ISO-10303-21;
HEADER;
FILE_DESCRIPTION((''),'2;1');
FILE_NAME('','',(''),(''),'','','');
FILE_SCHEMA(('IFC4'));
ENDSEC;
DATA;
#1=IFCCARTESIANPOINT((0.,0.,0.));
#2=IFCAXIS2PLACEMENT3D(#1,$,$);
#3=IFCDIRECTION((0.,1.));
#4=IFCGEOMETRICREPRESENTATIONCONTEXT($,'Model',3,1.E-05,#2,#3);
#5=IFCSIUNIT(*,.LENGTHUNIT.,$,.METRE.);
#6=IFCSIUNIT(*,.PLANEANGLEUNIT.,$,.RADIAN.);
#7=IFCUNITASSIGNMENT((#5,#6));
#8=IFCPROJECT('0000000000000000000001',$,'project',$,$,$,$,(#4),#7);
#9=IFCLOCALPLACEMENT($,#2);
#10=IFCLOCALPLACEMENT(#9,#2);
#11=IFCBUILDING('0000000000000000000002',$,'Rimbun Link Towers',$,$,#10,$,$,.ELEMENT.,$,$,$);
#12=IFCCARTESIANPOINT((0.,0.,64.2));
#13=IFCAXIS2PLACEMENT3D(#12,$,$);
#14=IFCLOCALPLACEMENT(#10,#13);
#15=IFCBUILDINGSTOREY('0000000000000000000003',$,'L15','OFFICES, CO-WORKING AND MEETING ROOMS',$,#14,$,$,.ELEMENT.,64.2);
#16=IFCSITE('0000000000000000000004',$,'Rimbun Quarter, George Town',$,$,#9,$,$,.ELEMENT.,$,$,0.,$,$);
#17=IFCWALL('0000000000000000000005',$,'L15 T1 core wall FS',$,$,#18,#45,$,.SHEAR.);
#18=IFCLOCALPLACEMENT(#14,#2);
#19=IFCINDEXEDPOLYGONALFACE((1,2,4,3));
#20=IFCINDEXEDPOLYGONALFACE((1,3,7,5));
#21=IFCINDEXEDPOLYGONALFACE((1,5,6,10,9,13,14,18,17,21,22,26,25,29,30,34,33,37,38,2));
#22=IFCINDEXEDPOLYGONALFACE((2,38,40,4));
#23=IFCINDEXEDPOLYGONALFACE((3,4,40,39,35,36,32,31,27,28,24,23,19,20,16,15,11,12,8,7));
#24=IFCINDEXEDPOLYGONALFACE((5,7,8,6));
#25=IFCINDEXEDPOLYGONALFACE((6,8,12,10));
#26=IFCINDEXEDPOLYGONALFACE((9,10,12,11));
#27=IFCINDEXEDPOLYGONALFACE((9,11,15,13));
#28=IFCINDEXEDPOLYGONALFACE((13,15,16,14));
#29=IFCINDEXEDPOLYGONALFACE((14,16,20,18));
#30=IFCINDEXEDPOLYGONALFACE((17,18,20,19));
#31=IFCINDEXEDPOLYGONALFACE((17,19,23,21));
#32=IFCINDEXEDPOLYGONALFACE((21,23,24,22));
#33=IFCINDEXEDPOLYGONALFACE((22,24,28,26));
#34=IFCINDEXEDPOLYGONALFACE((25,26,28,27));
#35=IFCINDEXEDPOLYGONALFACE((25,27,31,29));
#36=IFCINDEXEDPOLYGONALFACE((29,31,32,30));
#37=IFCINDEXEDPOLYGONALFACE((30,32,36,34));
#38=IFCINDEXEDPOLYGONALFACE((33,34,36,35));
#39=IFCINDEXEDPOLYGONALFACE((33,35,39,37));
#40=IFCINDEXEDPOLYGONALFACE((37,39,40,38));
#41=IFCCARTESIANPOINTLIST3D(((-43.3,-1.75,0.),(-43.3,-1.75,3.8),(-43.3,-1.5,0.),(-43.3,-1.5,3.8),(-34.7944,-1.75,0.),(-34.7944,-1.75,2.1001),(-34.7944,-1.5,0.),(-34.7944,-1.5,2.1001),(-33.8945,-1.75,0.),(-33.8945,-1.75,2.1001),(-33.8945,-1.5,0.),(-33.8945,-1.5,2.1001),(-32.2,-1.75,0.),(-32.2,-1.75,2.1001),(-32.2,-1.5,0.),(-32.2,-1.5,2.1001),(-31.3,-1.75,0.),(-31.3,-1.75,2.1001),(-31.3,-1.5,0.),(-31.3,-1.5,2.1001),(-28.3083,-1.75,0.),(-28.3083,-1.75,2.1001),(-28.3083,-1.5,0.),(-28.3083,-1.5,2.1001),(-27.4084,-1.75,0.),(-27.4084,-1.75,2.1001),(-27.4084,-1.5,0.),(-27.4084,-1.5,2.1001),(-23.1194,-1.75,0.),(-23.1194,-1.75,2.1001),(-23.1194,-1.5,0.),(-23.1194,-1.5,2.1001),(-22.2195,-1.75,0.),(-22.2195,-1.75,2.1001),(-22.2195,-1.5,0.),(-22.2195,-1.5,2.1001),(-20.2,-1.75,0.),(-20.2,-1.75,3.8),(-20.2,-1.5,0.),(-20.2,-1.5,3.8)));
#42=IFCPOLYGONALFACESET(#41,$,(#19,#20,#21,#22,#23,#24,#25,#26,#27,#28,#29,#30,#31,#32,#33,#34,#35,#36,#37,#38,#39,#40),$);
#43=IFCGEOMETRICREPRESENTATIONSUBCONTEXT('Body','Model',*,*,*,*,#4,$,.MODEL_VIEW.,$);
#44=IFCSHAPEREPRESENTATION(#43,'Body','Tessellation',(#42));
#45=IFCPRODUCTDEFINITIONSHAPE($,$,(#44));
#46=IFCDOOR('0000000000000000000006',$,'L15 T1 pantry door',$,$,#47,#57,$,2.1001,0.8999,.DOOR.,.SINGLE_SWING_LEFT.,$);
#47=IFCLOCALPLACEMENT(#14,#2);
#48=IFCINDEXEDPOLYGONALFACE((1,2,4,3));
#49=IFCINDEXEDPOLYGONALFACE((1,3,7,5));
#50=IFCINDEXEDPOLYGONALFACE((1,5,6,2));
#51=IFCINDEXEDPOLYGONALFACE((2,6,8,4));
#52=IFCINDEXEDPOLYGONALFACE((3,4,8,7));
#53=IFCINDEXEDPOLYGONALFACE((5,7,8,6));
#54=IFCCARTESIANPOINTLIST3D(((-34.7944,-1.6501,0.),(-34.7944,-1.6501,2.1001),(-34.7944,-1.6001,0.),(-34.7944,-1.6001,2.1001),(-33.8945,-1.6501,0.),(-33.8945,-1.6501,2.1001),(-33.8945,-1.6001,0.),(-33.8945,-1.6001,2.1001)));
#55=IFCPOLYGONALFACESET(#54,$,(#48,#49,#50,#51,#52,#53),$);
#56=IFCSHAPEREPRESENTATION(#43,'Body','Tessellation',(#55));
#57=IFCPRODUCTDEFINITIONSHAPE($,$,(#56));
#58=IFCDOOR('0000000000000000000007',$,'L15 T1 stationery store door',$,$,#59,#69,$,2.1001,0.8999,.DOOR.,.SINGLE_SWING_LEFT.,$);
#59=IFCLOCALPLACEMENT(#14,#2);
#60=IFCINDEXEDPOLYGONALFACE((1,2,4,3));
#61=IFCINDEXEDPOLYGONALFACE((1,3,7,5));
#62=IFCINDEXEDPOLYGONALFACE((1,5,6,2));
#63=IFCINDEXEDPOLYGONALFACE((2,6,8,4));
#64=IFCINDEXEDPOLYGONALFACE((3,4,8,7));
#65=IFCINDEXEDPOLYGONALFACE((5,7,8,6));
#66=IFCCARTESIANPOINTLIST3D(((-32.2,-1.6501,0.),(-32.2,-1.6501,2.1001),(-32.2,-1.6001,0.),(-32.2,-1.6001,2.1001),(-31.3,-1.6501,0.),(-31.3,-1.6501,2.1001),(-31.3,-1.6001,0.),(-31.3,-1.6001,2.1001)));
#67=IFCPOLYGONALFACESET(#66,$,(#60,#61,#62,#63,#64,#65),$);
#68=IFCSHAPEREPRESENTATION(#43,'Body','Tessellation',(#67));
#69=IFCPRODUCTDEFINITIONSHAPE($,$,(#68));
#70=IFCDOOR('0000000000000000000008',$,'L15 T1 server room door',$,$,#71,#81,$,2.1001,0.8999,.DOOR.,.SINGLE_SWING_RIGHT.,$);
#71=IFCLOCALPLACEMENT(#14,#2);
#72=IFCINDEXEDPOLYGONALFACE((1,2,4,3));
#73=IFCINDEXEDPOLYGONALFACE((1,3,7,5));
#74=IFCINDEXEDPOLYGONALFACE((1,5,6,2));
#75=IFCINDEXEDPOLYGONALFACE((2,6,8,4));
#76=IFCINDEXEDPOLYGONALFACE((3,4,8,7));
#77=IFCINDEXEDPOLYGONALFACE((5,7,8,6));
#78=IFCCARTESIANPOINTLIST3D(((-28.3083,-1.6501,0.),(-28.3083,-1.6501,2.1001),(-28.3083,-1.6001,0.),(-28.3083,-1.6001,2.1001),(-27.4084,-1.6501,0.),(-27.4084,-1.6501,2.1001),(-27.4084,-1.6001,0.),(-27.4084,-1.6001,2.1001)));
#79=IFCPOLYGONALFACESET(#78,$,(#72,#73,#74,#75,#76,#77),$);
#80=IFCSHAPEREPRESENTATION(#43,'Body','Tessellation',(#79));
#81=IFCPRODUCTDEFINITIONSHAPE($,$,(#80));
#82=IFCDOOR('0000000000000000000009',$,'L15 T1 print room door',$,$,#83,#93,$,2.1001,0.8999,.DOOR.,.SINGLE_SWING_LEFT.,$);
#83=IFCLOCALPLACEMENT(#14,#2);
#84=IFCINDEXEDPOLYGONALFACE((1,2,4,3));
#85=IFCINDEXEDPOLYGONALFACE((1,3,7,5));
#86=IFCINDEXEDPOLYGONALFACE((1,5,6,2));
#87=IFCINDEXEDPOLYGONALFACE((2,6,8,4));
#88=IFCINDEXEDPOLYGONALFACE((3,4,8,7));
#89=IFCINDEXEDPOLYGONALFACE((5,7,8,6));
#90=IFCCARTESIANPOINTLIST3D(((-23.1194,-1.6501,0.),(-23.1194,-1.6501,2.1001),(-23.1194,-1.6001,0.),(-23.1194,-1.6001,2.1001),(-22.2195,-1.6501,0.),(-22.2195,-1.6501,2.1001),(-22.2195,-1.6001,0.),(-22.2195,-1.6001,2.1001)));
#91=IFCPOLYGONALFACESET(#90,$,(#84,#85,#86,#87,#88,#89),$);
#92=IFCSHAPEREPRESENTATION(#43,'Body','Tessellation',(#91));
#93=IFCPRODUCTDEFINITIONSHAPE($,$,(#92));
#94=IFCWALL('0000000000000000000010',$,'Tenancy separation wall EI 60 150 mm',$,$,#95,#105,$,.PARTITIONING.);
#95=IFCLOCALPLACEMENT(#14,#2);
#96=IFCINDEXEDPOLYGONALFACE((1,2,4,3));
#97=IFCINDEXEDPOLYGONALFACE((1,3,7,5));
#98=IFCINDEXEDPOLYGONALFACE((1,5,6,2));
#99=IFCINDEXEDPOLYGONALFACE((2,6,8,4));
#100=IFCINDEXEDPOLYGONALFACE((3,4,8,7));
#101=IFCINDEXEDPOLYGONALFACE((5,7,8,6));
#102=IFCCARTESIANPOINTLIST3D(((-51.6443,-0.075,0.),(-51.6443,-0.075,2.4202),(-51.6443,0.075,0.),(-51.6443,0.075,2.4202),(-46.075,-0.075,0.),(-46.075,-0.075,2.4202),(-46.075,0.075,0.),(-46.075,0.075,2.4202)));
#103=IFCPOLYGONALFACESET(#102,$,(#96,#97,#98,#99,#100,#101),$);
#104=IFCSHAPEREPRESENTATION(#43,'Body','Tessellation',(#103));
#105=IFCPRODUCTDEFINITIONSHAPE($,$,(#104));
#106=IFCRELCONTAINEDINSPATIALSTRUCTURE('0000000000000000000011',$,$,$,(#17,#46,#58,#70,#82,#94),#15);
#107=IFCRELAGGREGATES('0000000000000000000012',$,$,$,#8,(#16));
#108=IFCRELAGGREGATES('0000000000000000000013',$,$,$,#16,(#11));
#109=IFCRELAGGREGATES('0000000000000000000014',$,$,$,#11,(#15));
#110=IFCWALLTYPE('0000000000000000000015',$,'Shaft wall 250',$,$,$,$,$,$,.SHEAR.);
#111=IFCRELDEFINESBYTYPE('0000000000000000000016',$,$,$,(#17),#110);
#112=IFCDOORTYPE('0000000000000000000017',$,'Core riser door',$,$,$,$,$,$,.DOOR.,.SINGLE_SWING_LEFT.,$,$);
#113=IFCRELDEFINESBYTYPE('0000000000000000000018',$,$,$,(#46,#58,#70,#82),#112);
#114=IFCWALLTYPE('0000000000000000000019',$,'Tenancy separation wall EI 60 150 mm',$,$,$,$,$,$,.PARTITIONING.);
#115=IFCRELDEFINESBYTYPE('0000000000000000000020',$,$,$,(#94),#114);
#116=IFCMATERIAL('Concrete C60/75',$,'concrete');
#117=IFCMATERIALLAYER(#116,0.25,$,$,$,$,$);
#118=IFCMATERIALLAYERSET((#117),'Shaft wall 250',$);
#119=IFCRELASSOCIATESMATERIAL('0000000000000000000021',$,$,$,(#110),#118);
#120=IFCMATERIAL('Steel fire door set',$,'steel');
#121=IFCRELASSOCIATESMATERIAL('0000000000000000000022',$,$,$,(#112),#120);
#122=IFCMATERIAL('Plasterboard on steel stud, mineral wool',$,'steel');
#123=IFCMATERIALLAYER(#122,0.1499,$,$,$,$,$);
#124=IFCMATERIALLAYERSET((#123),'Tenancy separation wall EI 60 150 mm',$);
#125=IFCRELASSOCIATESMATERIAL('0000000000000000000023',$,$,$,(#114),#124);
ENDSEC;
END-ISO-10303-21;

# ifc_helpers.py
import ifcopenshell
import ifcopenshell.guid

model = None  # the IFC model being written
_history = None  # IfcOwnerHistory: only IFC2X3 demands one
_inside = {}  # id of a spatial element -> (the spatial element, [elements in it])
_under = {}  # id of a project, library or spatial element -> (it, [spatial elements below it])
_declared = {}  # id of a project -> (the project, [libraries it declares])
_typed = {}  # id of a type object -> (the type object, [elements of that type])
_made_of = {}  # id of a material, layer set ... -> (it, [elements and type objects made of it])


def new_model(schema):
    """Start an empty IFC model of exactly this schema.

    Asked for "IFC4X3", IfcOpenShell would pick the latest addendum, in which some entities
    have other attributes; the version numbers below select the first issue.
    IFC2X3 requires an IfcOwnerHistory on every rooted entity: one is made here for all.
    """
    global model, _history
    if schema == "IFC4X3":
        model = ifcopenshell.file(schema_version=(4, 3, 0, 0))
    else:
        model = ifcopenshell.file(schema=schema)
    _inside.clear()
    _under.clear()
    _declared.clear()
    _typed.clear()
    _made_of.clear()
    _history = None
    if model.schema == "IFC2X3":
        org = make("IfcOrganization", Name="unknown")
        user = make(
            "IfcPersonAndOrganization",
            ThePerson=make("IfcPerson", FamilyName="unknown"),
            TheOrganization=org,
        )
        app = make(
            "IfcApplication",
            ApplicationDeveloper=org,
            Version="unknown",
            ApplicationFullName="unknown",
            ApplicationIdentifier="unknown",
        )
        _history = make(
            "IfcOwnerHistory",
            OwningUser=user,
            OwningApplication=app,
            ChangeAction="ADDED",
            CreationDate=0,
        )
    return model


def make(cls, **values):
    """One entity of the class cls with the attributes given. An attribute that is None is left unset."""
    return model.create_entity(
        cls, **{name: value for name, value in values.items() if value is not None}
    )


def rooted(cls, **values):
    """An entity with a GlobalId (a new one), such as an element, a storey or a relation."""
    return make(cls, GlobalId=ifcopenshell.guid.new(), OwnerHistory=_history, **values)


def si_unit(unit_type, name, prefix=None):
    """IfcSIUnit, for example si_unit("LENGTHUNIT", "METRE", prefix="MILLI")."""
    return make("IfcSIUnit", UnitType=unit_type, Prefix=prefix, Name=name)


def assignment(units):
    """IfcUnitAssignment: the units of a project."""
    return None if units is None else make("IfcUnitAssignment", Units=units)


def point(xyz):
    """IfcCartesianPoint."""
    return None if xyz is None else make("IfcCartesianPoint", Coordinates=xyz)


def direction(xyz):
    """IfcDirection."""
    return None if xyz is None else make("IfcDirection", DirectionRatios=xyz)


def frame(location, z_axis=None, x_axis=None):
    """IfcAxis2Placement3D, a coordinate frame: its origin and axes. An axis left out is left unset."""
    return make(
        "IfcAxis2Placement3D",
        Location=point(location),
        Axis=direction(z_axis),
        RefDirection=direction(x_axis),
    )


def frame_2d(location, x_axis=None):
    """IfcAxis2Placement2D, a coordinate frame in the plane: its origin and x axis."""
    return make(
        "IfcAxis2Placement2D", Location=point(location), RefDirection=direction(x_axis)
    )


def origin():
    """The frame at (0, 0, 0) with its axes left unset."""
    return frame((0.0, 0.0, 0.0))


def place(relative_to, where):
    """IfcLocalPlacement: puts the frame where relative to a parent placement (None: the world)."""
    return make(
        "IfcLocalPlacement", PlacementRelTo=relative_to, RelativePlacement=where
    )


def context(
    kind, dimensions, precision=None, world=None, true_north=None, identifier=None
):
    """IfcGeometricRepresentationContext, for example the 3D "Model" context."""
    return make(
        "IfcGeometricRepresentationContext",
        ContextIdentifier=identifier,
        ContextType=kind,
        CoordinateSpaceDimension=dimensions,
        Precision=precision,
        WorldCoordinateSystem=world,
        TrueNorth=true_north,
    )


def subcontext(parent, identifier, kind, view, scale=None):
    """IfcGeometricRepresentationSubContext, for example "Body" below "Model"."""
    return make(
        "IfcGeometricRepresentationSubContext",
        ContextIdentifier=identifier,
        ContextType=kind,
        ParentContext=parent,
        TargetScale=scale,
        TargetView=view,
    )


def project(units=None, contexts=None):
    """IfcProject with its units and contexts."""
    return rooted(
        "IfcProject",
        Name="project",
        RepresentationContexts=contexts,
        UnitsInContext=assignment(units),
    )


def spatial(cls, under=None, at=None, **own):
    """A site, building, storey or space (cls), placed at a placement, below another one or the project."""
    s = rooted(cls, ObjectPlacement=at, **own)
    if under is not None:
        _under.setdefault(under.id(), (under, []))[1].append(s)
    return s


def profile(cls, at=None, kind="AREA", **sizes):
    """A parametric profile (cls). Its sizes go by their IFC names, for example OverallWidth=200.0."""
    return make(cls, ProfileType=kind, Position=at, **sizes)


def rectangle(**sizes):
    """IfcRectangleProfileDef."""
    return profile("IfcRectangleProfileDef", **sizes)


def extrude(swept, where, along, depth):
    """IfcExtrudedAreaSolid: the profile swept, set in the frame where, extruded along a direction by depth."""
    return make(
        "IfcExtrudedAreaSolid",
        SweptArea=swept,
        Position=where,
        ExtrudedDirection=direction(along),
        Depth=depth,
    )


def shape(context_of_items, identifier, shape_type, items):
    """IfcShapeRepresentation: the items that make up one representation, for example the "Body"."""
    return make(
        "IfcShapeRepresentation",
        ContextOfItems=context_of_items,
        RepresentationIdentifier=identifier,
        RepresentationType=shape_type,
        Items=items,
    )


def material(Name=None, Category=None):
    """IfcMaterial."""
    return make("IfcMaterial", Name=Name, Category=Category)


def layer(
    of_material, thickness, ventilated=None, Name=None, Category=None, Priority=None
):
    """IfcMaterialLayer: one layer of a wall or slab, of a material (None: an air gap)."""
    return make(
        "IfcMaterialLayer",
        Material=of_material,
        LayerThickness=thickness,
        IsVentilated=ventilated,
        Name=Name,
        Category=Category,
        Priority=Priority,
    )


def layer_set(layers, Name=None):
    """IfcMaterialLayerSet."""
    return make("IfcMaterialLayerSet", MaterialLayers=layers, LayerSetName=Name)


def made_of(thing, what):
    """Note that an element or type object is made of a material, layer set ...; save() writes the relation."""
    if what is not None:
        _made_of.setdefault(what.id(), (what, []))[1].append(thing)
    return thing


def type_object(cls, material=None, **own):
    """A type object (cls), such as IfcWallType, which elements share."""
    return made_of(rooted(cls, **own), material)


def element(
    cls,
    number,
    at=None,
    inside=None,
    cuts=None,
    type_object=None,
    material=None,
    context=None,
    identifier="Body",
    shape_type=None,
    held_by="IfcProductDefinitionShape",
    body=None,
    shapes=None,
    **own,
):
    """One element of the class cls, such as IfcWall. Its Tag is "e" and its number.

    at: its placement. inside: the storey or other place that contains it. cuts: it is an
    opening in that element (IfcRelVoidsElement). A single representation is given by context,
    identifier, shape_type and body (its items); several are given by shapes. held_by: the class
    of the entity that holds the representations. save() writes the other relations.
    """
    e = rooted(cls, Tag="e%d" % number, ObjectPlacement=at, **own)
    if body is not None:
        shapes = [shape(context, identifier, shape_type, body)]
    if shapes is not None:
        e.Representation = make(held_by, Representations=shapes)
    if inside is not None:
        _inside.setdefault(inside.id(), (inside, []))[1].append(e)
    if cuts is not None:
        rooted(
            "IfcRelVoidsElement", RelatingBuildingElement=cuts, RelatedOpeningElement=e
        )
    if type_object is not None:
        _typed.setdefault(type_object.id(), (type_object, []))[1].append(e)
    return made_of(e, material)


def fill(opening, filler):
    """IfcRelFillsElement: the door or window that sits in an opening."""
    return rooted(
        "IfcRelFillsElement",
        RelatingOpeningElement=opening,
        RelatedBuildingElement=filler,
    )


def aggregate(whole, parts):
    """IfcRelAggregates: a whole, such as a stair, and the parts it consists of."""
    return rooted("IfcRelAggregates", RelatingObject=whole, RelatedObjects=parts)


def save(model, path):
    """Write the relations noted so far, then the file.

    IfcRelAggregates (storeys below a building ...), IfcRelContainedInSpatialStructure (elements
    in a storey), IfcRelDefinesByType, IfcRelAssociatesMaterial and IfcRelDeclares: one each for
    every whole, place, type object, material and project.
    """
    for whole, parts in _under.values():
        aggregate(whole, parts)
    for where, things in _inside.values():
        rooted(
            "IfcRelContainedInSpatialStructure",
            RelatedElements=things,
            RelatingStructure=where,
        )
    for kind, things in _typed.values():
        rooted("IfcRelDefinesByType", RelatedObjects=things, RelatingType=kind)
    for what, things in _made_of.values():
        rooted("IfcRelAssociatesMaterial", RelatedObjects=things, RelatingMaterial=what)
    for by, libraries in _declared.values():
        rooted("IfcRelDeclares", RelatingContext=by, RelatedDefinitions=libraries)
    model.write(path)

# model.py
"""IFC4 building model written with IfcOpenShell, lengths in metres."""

from ifc_helpers import new_model, si_unit, direction, frame, frame_2d, origin, place, context, subcontext, project, spatial, rectangle, extrude, material, layer, layer_set, type_object, element, fill, save


model = new_model("IFC4")

# Units and contexts
model_context = context("Model", 3, precision=1e-05, world=origin(), true_north=direction((0.0, 1.0)))
body_context = subcontext(model_context, "Body", "Model", "MODEL_VIEW")
ifc_project = project(units=[si_unit("LENGTHUNIT", "METRE"), si_unit("PLANEANGLEUNIT", "RADIAN")], contexts=[model_context])

# Site, building, storey
site_placement = place(None, origin())
site = spatial("IfcSite", under=ifc_project, at=site_placement, Name="Rimbun Quarter, George Town", CompositionType="ELEMENT", RefElevation=0.0)
building_placement = place(site_placement, origin())
building = spatial("IfcBuilding", under=site, at=building_placement, Name="Rimbun Link Towers", CompositionType="ELEMENT")
storey_placement = place(building_placement, frame((0.0, 0.0, 64.2)))
storey = spatial("IfcBuildingStorey", under=building, at=storey_placement, Name="L15", Description="OFFICES, CO-WORKING AND MEETING ROOMS", CompositionType="ELEMENT", Elevation=64.2)

# Shared definitions
ifc_material_1 = material(Name="Concrete C60/75", Category="concrete")
ifc_layer_1 = layer(ifc_material_1, 0.25)
ifc_layer_set_1 = layer_set([ifc_layer_1], Name="Shaft wall 250")
wall_type_1 = type_object("IfcWallType", Name="Shaft wall 250", PredefinedType="SHEAR", material=ifc_layer_set_1)

# Wall, openings, doors
wall_1_placement = place(storey_placement, frame((-43.3, -1.625, 0.0), z_axis=(0.0, 0.0, 1.0), x_axis=(1.0, 0.0, 0.0)))
wall_1 = element("IfcWall", 1, at=wall_1_placement, inside=storey, type_object=wall_type_1, Name="L15 T1 core wall FS", PredefinedType="SHEAR", context=body_context, shape_type="SweptSolid", body=[
    extrude(rectangle(XDim=23.1001, YDim=0.25, at=frame_2d((11.55, 0.0))), origin(), (0.0, 0.0, 1.0), 3.8),
])
opening_1_placement = place(wall_1_placement, frame((8.5056, 0.0, 0.0)))
opening_1 = element("IfcOpeningElement", 2, at=opening_1_placement, cuts=wall_1, PredefinedType="OPENING", context=body_context, shape_type="SweptSolid", body=[
    extrude(rectangle(XDim=0.8999, YDim=2.1001, at=frame_2d((0.45, 1.05))), frame((0.0, 0.135, 0.0), z_axis=(0.0, -1.0, 0.0), x_axis=(1.0, 0.0, 0.0)), (0.0, 0.0, 1.0), 0.27),
])
opening_2_placement = place(wall_1_placement, frame((11.1001, 0.0, 0.0)))
opening_2 = element("IfcOpeningElement", 3, at=opening_2_placement, cuts=wall_1, PredefinedType="OPENING", context=body_context, shape_type="SweptSolid", body=[
    extrude(rectangle(XDim=0.8999, YDim=2.1001, at=frame_2d((0.45, 1.05))), frame((0.0, 0.135, 0.0), z_axis=(0.0, -1.0, 0.0), x_axis=(1.0, 0.0, 0.0)), (0.0, 0.0, 1.0), 0.27),
])
opening_3_placement = place(wall_1_placement, frame((14.9917, 0.0, 0.0)))
opening_3 = element("IfcOpeningElement", 4, at=opening_3_placement, cuts=wall_1, PredefinedType="OPENING", context=body_context, shape_type="SweptSolid", body=[
    extrude(rectangle(XDim=0.8999, YDim=2.1001, at=frame_2d((0.45, 1.05))), frame((0.0, 0.135, 0.0), z_axis=(0.0, -1.0, 0.0), x_axis=(1.0, 0.0, 0.0)), (0.0, 0.0, 1.0), 0.27),
])
opening_4_placement = place(wall_1_placement, frame((20.1807, 0.0, 0.0)))
opening_4 = element("IfcOpeningElement", 5, at=opening_4_placement, cuts=wall_1, PredefinedType="OPENING", context=body_context, shape_type="SweptSolid", body=[
    extrude(rectangle(XDim=0.8999, YDim=2.1001, at=frame_2d((0.45, 1.05))), frame((0.0, 0.135, 0.0), z_axis=(0.0, -1.0, 0.0), x_axis=(1.0, 0.0, 0.0)), (0.0, 0.0, 1.0), 0.27),
])
ifc_material_2 = material(Name="Steel fire door set", Category="steel")
door_type_1 = type_object("IfcDoorType", Name="Core riser door", OperationType="SINGLE_SWING_LEFT", PredefinedType="DOOR", material=ifc_material_2)
door_1_placement = place(opening_1_placement, origin())
door_1 = element("IfcDoor", 6, at=door_1_placement, inside=storey, type_object=door_type_1, Name="L15 T1 pantry door", OperationType="SINGLE_SWING_LEFT", OverallHeight=2.1001, OverallWidth=0.8999, PredefinedType="DOOR", context=body_context, shape_type="SweptSolid", body=[
    extrude(rectangle(XDim=0.8999, YDim=2.1001, at=frame_2d((0.45, 1.05))), frame((0.0, 0.0249, 0.0), z_axis=(0.0, -1.0, 0.0), x_axis=(1.0, 0.0, 0.0)), (0.0, 0.0, 1.0), 0.05),
])
fill(opening_1, door_1)
door_2_placement = place(opening_2_placement, origin())
door_2 = element("IfcDoor", 7, at=door_2_placement, inside=storey, type_object=door_type_1, Name="L15 T1 stationery store door", OperationType="SINGLE_SWING_LEFT", OverallHeight=2.1001, OverallWidth=0.8999, PredefinedType="DOOR", context=body_context, shape_type="SweptSolid", body=[
    extrude(rectangle(XDim=0.8999, YDim=2.1001, at=frame_2d((0.45, 1.05))), frame((0.0, 0.0249, 0.0), z_axis=(0.0, -1.0, 0.0), x_axis=(1.0, 0.0, 0.0)), (0.0, 0.0, 1.0), 0.05),
])
fill(opening_2, door_2)
door_3_placement = place(opening_3_placement, origin())
door_3 = element("IfcDoor", 8, at=door_3_placement, inside=storey, type_object=door_type_1, Name="L15 T1 server room door", OperationType="SINGLE_SWING_RIGHT", OverallHeight=2.1001, OverallWidth=0.8999, PredefinedType="DOOR", context=body_context, shape_type="SweptSolid", body=[
    extrude(rectangle(XDim=0.8999, YDim=2.1001, at=frame_2d((0.45, 1.05))), frame((0.0, 0.0249, 0.0), z_axis=(0.0, -1.0, 0.0), x_axis=(1.0, 0.0, 0.0)), (0.0, 0.0, 1.0), 0.05),
])
fill(opening_3, door_3)
door_4_placement = place(opening_4_placement, origin())
door_4 = element("IfcDoor", 9, at=door_4_placement, inside=storey, type_object=door_type_1, Name="L15 T1 print room door", OperationType="SINGLE_SWING_LEFT", OverallHeight=2.1001, OverallWidth=0.8999, PredefinedType="DOOR", context=body_context, shape_type="SweptSolid", body=[
    extrude(rectangle(XDim=0.8999, YDim=2.1001, at=frame_2d((0.45, 1.05))), frame((0.0, 0.0249, 0.0), z_axis=(0.0, -1.0, 0.0), x_axis=(1.0, 0.0, 0.0)), (0.0, 0.0, 1.0), 0.05),
])
fill(opening_4, door_4)

# Wall
ifc_material_3 = material(Name="Plasterboard on steel stud, mineral wool", Category="steel")
ifc_layer_2 = layer(ifc_material_3, 0.1499)
ifc_layer_set_2 = layer_set([ifc_layer_2], Name="Tenancy separation wall EI 60 150 mm")
wall_type_2 = type_object("IfcWallType", Name="Tenancy separation wall EI 60 150 mm", PredefinedType="PARTITIONING", material=ifc_layer_set_2)
wall_2_placement = place(storey_placement, frame((-46.075, 0.0, 0.0), z_axis=(0.0, 0.0, 1.0), x_axis=(-1.0, 0.0, 0.0)))
element("IfcWall", 10, at=wall_2_placement, inside=storey, type_object=wall_type_2, Name="Tenancy separation wall EI 60 150 mm", PredefinedType="PARTITIONING", context=body_context, shape_type="SweptSolid", body=[
    extrude(rectangle(XDim=5.5693, YDim=0.1499, at=frame_2d((2.7847, 0.0))), origin(), (0.0, 0.0, 1.0), 2.4202),
])

save(model, "model.ifc")
